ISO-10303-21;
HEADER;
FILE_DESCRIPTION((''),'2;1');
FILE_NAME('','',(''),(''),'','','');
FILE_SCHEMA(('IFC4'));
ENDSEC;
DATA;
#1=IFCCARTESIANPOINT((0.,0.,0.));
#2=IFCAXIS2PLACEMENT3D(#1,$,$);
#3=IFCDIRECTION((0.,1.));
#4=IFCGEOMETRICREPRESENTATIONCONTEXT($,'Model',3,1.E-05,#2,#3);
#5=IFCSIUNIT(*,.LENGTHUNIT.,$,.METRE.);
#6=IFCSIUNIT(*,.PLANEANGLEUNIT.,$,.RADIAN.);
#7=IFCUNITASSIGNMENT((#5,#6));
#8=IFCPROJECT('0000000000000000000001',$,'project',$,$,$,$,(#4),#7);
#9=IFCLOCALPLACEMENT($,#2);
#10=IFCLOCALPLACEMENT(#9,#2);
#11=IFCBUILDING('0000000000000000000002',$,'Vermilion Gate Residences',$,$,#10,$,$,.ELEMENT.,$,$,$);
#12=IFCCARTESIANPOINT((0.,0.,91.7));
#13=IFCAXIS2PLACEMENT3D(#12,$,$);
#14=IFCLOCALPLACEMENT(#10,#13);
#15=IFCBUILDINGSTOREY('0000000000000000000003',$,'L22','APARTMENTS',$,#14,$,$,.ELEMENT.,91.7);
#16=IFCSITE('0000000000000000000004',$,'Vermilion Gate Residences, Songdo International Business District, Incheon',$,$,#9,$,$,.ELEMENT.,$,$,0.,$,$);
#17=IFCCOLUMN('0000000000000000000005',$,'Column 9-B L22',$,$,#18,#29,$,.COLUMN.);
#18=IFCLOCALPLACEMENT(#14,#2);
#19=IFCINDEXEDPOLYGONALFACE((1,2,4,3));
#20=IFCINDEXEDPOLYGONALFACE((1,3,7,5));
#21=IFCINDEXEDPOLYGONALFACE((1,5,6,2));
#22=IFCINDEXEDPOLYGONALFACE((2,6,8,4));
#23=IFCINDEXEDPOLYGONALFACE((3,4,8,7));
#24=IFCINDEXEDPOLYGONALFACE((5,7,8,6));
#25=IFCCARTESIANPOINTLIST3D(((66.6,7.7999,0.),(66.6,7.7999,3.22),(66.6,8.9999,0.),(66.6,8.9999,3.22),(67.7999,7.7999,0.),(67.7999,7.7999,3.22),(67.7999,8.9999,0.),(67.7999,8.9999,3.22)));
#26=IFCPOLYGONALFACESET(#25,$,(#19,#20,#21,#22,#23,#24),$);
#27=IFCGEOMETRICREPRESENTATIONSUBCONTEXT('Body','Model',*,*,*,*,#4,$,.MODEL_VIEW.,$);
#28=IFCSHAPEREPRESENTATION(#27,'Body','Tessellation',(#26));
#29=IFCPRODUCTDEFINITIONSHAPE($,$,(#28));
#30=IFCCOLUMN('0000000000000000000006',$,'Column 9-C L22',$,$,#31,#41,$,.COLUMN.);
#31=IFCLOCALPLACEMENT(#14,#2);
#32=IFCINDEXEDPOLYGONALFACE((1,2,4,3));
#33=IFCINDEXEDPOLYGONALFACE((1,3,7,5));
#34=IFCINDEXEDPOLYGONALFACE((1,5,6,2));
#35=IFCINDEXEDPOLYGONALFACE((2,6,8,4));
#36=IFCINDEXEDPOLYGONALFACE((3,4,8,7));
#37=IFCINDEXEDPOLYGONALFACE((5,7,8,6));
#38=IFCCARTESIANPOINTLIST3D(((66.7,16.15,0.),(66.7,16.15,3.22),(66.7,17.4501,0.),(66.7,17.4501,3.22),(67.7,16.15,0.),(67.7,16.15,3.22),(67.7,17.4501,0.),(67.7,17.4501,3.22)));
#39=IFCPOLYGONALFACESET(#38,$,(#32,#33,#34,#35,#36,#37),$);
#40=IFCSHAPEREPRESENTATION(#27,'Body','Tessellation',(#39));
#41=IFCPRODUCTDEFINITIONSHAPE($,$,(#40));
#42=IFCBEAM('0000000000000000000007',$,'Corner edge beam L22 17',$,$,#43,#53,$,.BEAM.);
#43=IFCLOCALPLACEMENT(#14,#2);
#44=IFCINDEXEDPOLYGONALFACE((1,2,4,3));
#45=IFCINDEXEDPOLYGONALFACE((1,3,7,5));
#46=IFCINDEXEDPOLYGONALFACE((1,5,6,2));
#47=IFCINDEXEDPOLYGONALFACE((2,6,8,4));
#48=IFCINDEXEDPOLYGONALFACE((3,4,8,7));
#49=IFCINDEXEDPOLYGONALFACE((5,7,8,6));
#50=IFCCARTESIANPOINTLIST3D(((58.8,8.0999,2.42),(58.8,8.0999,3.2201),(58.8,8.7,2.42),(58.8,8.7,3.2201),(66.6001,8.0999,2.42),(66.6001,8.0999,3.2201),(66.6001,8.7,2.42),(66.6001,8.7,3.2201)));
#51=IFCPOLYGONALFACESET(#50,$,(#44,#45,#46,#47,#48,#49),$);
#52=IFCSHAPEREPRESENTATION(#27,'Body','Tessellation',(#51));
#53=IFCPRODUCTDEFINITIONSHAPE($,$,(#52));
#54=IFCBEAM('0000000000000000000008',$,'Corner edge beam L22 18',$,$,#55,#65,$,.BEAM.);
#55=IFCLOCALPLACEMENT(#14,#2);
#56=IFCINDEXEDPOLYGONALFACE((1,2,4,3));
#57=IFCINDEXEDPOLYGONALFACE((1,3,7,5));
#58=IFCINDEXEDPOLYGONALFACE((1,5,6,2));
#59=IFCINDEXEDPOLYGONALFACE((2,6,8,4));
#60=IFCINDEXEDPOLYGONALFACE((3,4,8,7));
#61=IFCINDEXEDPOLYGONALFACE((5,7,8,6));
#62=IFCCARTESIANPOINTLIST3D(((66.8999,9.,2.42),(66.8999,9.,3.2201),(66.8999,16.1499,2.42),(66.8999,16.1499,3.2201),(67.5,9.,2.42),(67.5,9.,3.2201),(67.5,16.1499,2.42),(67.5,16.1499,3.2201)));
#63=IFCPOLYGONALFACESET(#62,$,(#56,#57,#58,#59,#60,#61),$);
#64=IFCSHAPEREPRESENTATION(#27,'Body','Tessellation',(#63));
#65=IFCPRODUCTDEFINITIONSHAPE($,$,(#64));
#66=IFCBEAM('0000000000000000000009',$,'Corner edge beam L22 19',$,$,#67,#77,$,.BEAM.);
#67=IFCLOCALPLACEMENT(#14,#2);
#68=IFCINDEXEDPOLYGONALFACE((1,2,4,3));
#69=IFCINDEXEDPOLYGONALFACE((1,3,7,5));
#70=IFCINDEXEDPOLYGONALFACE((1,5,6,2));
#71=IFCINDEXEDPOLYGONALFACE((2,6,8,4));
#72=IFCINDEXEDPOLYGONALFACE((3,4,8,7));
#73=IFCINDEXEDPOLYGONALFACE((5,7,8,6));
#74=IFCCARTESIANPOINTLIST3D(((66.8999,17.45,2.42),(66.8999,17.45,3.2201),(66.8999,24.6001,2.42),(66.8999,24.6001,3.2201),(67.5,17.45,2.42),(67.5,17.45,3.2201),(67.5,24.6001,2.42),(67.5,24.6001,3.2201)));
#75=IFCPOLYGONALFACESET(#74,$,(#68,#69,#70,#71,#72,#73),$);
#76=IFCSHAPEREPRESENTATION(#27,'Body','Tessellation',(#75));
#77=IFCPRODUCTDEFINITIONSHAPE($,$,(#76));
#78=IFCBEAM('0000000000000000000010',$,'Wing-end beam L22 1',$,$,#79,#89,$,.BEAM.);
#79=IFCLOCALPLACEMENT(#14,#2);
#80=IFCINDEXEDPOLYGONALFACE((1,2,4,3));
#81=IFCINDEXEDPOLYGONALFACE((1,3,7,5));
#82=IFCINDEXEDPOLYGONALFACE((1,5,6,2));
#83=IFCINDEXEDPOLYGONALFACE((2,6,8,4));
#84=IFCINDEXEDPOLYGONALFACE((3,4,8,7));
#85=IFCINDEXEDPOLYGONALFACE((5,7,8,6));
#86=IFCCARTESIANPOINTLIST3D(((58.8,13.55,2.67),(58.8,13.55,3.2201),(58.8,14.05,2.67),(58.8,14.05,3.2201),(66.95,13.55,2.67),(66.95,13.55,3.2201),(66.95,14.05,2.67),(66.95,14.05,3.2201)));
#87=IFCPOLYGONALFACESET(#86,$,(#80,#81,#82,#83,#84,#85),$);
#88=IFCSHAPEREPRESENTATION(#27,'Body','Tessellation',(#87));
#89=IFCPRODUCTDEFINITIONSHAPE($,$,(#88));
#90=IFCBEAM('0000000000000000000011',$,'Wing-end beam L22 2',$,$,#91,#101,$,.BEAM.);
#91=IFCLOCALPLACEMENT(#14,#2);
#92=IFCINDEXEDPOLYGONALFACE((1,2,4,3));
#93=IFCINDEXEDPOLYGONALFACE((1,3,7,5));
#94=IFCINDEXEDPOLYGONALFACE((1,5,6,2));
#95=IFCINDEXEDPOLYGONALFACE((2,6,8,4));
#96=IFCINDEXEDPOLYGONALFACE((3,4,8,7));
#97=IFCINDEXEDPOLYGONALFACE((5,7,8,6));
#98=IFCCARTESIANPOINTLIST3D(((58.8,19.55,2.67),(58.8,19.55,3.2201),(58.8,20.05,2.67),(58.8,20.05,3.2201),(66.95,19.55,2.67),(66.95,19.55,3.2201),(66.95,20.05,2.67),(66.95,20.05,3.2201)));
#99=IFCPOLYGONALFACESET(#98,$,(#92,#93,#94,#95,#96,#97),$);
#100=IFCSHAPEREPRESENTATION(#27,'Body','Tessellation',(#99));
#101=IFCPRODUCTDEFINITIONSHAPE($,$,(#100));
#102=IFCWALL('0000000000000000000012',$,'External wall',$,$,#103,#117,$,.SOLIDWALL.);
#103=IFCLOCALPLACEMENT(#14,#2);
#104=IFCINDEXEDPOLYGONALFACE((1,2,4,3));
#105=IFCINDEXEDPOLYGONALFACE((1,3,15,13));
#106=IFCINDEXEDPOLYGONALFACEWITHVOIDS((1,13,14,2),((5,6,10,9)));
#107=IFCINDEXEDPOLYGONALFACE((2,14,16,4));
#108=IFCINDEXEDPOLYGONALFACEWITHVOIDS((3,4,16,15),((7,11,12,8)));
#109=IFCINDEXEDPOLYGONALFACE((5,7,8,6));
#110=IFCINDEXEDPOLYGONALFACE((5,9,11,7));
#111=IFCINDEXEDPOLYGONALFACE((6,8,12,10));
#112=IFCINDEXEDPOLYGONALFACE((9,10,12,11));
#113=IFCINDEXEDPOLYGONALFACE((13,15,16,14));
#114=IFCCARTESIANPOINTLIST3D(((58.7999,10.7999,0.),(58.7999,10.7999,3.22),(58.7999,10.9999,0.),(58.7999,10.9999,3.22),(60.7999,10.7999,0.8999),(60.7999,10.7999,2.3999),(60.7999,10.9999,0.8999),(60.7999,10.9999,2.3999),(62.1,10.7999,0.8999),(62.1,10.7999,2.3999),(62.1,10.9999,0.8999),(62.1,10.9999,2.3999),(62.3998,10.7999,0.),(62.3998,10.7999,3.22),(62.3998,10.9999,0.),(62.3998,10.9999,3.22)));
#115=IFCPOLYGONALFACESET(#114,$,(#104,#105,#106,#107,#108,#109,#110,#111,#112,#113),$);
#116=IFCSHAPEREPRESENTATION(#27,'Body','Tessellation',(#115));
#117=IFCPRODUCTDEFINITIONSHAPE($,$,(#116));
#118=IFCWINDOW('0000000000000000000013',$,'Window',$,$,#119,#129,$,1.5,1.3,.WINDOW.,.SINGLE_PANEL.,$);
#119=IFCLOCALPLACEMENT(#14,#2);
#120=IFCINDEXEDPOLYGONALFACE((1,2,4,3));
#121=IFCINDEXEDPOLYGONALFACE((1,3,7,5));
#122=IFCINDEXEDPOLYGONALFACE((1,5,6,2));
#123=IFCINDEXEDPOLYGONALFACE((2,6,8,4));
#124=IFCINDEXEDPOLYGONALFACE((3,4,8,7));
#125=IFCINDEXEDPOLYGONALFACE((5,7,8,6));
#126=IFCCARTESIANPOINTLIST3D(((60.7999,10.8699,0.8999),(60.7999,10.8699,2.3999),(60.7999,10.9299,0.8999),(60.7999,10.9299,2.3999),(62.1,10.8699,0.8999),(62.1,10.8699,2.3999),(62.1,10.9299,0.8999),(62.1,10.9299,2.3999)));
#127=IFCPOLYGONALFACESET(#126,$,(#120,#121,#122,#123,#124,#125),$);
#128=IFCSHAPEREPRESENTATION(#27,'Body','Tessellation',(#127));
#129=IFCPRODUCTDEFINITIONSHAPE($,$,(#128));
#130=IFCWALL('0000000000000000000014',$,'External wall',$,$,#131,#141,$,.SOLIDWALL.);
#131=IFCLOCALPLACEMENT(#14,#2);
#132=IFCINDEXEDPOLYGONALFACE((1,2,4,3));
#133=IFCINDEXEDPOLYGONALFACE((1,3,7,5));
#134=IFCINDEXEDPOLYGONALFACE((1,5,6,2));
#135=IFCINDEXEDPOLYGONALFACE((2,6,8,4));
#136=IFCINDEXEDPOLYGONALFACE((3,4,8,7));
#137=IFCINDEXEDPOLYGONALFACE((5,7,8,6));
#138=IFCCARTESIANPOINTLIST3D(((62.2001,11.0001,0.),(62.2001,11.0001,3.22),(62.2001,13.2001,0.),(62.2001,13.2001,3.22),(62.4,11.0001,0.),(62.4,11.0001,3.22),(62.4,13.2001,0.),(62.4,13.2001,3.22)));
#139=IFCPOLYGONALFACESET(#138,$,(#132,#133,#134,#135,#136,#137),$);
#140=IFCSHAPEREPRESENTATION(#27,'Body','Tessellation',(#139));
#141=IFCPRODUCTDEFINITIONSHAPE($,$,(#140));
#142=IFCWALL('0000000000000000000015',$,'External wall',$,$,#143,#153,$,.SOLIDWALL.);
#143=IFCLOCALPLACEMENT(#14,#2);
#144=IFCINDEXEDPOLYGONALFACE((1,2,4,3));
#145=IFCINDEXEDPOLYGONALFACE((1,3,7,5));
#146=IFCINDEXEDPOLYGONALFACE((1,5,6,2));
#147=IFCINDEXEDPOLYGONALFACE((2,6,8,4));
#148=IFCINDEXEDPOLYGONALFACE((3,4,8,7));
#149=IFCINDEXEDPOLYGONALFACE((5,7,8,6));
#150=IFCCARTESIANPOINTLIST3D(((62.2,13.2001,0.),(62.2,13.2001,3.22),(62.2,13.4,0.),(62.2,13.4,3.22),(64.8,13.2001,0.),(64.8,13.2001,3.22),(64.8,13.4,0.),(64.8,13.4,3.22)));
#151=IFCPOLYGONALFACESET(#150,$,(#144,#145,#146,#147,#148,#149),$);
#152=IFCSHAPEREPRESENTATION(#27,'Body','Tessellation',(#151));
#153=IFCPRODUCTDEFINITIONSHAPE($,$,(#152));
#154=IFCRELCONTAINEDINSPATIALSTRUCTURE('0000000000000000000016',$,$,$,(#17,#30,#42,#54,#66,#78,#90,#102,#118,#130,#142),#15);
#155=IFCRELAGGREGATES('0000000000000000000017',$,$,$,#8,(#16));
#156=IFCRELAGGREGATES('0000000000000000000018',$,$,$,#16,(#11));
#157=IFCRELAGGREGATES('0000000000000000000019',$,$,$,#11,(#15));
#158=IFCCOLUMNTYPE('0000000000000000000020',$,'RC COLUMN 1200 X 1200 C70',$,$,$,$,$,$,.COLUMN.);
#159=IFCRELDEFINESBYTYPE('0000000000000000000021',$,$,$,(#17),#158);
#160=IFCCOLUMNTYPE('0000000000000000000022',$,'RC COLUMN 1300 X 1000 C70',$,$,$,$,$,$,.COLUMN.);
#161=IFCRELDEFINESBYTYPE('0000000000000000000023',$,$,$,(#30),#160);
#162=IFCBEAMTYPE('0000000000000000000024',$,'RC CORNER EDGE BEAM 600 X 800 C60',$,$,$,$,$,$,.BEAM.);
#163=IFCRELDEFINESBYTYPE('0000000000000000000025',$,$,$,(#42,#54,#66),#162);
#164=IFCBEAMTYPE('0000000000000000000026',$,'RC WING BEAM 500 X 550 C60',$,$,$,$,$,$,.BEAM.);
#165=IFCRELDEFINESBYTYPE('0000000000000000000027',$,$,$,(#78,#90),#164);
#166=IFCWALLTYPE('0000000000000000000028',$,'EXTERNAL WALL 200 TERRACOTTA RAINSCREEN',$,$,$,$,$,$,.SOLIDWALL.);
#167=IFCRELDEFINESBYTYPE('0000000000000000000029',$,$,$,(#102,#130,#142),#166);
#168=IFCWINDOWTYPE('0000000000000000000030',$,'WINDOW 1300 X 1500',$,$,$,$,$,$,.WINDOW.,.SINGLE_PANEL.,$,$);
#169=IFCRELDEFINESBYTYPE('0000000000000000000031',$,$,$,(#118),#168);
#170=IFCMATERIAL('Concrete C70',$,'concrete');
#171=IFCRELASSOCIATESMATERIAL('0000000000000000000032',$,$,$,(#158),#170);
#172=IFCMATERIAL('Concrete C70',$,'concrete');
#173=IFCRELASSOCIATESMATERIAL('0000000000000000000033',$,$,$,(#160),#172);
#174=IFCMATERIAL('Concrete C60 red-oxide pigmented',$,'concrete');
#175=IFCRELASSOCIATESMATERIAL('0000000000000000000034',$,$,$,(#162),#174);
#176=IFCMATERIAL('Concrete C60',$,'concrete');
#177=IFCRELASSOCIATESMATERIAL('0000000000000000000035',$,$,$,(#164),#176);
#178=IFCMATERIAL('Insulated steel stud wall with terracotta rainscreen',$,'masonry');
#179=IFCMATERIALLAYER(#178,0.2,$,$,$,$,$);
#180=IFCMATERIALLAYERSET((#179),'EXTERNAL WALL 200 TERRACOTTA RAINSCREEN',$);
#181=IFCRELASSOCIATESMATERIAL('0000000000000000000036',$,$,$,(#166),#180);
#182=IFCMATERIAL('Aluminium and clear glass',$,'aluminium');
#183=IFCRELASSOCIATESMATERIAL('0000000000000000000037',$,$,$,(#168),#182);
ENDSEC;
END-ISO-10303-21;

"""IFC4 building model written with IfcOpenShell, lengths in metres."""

from ifc_helpers import new_model, si_unit, direction, frame, frame_2d, origin, origin_2d, place, context, subcontext, project, spatial, rectangle, extrude, material, layer, layer_set, material_profile, profile_set, type_object, element, fill, save


model = new_model("IFC4")

# Units and contexts
model_context = context("Model", 3, precision=1e-05, world=origin(), true_north=direction((0.0, 1.0)))
body_context = subcontext(model_context, "Body", "Model", "MODEL_VIEW")
ifc_project = project(units=[si_unit("LENGTHUNIT", "METRE"), si_unit("PLANEANGLEUNIT", "RADIAN")], contexts=[model_context])

# Site, building, storey
site_placement = place(None, origin())
site = spatial("IfcSite", under=ifc_project, at=site_placement, Name="Vermilion Gate Residences, Songdo International Business District, Incheon", CompositionType="ELEMENT", RefElevation=0.0)
building_placement = place(site_placement, origin())
building = spatial("IfcBuilding", under=site, at=building_placement, Name="Vermilion Gate Residences", CompositionType="ELEMENT")
storey_placement = place(building_placement, frame((0.0, 0.0, 91.7)))
storey = spatial("IfcBuildingStorey", under=building, at=storey_placement, Name="L22", Description="APARTMENTS", CompositionType="ELEMENT", Elevation=91.7)

# Columns
ifc_material_1 = material(Name="Concrete C70", Category="concrete")
ifc_material_profile_1 = material_profile(ifc_material_1, rectangle(XDim=1.2, YDim=1.2, at=origin_2d()), Name="RC-1200x1200")
ifc_profile_set_1 = profile_set([ifc_material_profile_1], Name="Concrete C70")
column_type_1 = type_object("IfcColumnType", Name="RC COLUMN 1200 X 1200 C70", PredefinedType="COLUMN", material=ifc_profile_set_1)
column_1_placement = place(storey_placement, frame((67.2, 8.3999, 0.0), z_axis=(0.0, 0.0, 1.0), x_axis=(1.0, 0.0, 0.0)))
element("IfcColumn", 1, at=column_1_placement, inside=storey, type_object=column_type_1, Name="Column 9-B L22", PredefinedType="COLUMN", context=body_context, shape_type="SweptSolid", body=[
    extrude(rectangle(XDim=1.2, YDim=1.2, at=origin_2d()), origin(), (0.0, 0.0, 1.0), 3.22),
])
ifc_material_2 = material(Name="Concrete C70", Category="concrete")
ifc_material_profile_2 = material_profile(ifc_material_2, rectangle(XDim=1.3, YDim=1.0, at=origin_2d()), Name="RC-1300x1000")
ifc_profile_set_2 = profile_set([ifc_material_profile_2], Name="Concrete C70")
column_type_2 = type_object("IfcColumnType", Name="RC COLUMN 1300 X 1000 C70", PredefinedType="COLUMN", material=ifc_profile_set_2)
column_2_placement = place(storey_placement, frame((67.2, 16.8, 0.0), z_axis=(0.0, 0.0, 1.0), x_axis=(0.0, 1.0, 0.0)))
element("IfcColumn", 2, at=column_2_placement, inside=storey, type_object=column_type_2, Name="Column 9-C L22", PredefinedType="COLUMN", context=body_context, shape_type="SweptSolid", body=[
    extrude(rectangle(XDim=1.3, YDim=1.0, at=origin_2d()), origin(), (0.0, 0.0, 1.0), 3.22),
])

# Beams
ifc_material_3 = material(Name="Concrete C60 red-oxide pigmented", Category="concrete")
ifc_material_profile_3 = material_profile(ifc_material_3, rectangle(XDim=0.6001, YDim=0.8, at=origin_2d()), Name="RC-600x800")
ifc_profile_set_3 = profile_set([ifc_material_profile_3], Name="Concrete C60 red-oxide pigmented")
beam_type_1 = type_object("IfcBeamType", Name="RC CORNER EDGE BEAM 600 X 800 C60", PredefinedType="BEAM", material=ifc_profile_set_3)
beam_1_placement = place(storey_placement, frame((58.8, 8.3999, 2.8201), z_axis=(1.0, 0.0, 0.0), x_axis=(0.0, 1.0, 0.0)))
element("IfcBeam", 3, at=beam_1_placement, inside=storey, type_object=beam_type_1, Name="Corner edge beam L22 17", PredefinedType="BEAM", context=body_context, shape_type="SweptSolid", body=[
    extrude(rectangle(XDim=0.6001, YDim=0.8, at=origin_2d()), origin(), (0.0, 0.0, 1.0), 7.8),
])
beam_2_placement = place(storey_placement, frame((67.2, 9.0, 2.8201), z_axis=(0.0, 1.0, 0.0), x_axis=(-1.0, 0.0, 0.0)))
element("IfcBeam", 4, at=beam_2_placement, inside=storey, type_object=beam_type_1, Name="Corner edge beam L22 18", PredefinedType="BEAM", context=body_context, shape_type="SweptSolid", body=[
    extrude(rectangle(XDim=0.6001, YDim=0.8, at=origin_2d()), origin(), (0.0, 0.0, 1.0), 7.1499),
])
beam_3_placement = place(storey_placement, frame((67.2, 17.45, 2.8201), z_axis=(0.0, 1.0, 0.0), x_axis=(-1.0, 0.0, 0.0)))
element("IfcBeam", 5, at=beam_3_placement, inside=storey, type_object=beam_type_1, Name="Corner edge beam L22 19", PredefinedType="BEAM", context=body_context, shape_type="SweptSolid", body=[
    extrude(rectangle(XDim=0.6001, YDim=0.8, at=origin_2d()), origin(), (0.0, 0.0, 1.0), 7.1501),
])
ifc_material_4 = material(Name="Concrete C60", Category="concrete")
ifc_material_profile_4 = material_profile(ifc_material_4, rectangle(XDim=0.5, YDim=0.55, at=origin_2d()), Name="RC-500x550")
ifc_profile_set_4 = profile_set([ifc_material_profile_4], Name="Concrete C60")
beam_type_2 = type_object("IfcBeamType", Name="RC WING BEAM 500 X 550 C60", PredefinedType="BEAM", material=ifc_profile_set_4)
for number, where, z_axis, x_axis, name in (
    (6, (58.8, 13.8, 2.9451), (1.0, 0.0, 0.0), (0.0, 1.0, 0.0), "Wing-end beam L22 1"),
    (7, (58.8, 19.8, 2.9451), (1.0, 0.0, 0.0), (0.0, 1.0, 0.0), "Wing-end beam L22 2"),
):
    element("IfcBeam", number, at=place(storey_placement, frame(where, z_axis=z_axis, x_axis=x_axis)), inside=storey, type_object=beam_type_2, Name=name, PredefinedType="BEAM", context=body_context, shape_type="SweptSolid", body=[
        extrude(rectangle(XDim=0.5, YDim=0.55, at=origin_2d()), origin(), (0.0, 0.0, 1.0), 8.1499),
    ])

# Wall, opening, window
ifc_material_5 = material(Name="Insulated steel stud wall with terracotta rainscreen", Category="masonry")
ifc_layer_1 = layer(ifc_material_5, 0.2)
ifc_layer_set_1 = layer_set([ifc_layer_1], Name="EXTERNAL WALL 200 TERRACOTTA RAINSCREEN")
wall_type_1 = type_object("IfcWallType", Name="EXTERNAL WALL 200 TERRACOTTA RAINSCREEN", PredefinedType="SOLIDWALL", material=ifc_layer_set_1)
wall_1_placement = place(storey_placement, frame((58.8, 10.8999, 0.0), z_axis=(0.0, 0.0, 1.0), x_axis=(1.0, 0.0, 0.0)))
wall_1 = element("IfcWall", 8, at=wall_1_placement, inside=storey, type_object=wall_type_1, Name="External wall", PredefinedType="SOLIDWALL", context=body_context, shape_type="SweptSolid", body=[
    extrude(rectangle(XDim=3.5999, YDim=0.2, at=frame_2d((1.7998, 0.0))), origin(), (0.0, 0.0, 1.0), 3.22),
])
opening_1_placement = place(wall_1_placement, frame((2.0, 0.0, 0.8999)))
opening_1 = element("IfcOpeningElement", 9, at=opening_1_placement, cuts=wall_1, PredefinedType="OPENING", context=body_context, shape_type="SweptSolid", body=[
    extrude(rectangle(XDim=1.3, YDim=1.5, at=frame_2d((0.6499, 0.75))), frame((0.0, 0.1099, 0.0), z_axis=(0.0, -1.0, 0.0), x_axis=(1.0, 0.0, 0.0)), (0.0, 0.0, 1.0), 0.22),
])
ifc_material_6 = material(Name="Aluminium and clear glass", Category="aluminium")
window_type_1 = type_object("IfcWindowType", Name="WINDOW 1300 X 1500", PartitioningType="SINGLE_PANEL", PredefinedType="WINDOW", material=ifc_material_6)
window_1_placement = place(opening_1_placement, origin())
window_1 = element("IfcWindow", 10, at=window_1_placement, inside=storey, type_object=window_type_1, Name="Window", OverallHeight=1.5, OverallWidth=1.3, PartitioningType="SINGLE_PANEL", PredefinedType="WINDOW", context=body_context, shape_type="SweptSolid", body=[
    extrude(rectangle(XDim=1.3, YDim=1.5, at=frame_2d((0.6499, 0.75))), frame((0.0, 0.03, 0.0), z_axis=(0.0, -1.0, 0.0), x_axis=(1.0, 0.0, 0.0)), (0.0, 0.0, 1.0), 0.0601),
])
fill(opening_1, window_1)

# Walls
wall_2_placement = place(storey_placement, frame((62.3, 11.0, 0.0), z_axis=(0.0, 0.0, 1.0), x_axis=(0.0, 1.0, 0.0)))
element("IfcWall", 11, at=wall_2_placement, inside=storey, type_object=wall_type_1, Name="External wall", PredefinedType="SOLIDWALL", context=body_context, shape_type="SweptSolid", body=[
    extrude(rectangle(XDim=2.2, YDim=0.2, at=frame_2d((1.1001, 0.0))), origin(), (0.0, 0.0, 1.0), 3.22),
])
wall_3_placement = place(storey_placement, frame((62.2, 13.3, 0.0), z_axis=(0.0, 0.0, 1.0), x_axis=(1.0, 0.0, 0.0)))
element("IfcWall", 12, at=wall_3_placement, inside=storey, type_object=wall_type_1, Name="External wall", PredefinedType="SOLIDWALL", context=body_context, shape_type="SweptSolid", body=[
    extrude(rectangle(XDim=2.6001, YDim=0.2, at=frame_2d((1.3, 0.0))), origin(), (0.0, 0.0, 1.0), 3.22),
])

save(model, "model.ifc")
